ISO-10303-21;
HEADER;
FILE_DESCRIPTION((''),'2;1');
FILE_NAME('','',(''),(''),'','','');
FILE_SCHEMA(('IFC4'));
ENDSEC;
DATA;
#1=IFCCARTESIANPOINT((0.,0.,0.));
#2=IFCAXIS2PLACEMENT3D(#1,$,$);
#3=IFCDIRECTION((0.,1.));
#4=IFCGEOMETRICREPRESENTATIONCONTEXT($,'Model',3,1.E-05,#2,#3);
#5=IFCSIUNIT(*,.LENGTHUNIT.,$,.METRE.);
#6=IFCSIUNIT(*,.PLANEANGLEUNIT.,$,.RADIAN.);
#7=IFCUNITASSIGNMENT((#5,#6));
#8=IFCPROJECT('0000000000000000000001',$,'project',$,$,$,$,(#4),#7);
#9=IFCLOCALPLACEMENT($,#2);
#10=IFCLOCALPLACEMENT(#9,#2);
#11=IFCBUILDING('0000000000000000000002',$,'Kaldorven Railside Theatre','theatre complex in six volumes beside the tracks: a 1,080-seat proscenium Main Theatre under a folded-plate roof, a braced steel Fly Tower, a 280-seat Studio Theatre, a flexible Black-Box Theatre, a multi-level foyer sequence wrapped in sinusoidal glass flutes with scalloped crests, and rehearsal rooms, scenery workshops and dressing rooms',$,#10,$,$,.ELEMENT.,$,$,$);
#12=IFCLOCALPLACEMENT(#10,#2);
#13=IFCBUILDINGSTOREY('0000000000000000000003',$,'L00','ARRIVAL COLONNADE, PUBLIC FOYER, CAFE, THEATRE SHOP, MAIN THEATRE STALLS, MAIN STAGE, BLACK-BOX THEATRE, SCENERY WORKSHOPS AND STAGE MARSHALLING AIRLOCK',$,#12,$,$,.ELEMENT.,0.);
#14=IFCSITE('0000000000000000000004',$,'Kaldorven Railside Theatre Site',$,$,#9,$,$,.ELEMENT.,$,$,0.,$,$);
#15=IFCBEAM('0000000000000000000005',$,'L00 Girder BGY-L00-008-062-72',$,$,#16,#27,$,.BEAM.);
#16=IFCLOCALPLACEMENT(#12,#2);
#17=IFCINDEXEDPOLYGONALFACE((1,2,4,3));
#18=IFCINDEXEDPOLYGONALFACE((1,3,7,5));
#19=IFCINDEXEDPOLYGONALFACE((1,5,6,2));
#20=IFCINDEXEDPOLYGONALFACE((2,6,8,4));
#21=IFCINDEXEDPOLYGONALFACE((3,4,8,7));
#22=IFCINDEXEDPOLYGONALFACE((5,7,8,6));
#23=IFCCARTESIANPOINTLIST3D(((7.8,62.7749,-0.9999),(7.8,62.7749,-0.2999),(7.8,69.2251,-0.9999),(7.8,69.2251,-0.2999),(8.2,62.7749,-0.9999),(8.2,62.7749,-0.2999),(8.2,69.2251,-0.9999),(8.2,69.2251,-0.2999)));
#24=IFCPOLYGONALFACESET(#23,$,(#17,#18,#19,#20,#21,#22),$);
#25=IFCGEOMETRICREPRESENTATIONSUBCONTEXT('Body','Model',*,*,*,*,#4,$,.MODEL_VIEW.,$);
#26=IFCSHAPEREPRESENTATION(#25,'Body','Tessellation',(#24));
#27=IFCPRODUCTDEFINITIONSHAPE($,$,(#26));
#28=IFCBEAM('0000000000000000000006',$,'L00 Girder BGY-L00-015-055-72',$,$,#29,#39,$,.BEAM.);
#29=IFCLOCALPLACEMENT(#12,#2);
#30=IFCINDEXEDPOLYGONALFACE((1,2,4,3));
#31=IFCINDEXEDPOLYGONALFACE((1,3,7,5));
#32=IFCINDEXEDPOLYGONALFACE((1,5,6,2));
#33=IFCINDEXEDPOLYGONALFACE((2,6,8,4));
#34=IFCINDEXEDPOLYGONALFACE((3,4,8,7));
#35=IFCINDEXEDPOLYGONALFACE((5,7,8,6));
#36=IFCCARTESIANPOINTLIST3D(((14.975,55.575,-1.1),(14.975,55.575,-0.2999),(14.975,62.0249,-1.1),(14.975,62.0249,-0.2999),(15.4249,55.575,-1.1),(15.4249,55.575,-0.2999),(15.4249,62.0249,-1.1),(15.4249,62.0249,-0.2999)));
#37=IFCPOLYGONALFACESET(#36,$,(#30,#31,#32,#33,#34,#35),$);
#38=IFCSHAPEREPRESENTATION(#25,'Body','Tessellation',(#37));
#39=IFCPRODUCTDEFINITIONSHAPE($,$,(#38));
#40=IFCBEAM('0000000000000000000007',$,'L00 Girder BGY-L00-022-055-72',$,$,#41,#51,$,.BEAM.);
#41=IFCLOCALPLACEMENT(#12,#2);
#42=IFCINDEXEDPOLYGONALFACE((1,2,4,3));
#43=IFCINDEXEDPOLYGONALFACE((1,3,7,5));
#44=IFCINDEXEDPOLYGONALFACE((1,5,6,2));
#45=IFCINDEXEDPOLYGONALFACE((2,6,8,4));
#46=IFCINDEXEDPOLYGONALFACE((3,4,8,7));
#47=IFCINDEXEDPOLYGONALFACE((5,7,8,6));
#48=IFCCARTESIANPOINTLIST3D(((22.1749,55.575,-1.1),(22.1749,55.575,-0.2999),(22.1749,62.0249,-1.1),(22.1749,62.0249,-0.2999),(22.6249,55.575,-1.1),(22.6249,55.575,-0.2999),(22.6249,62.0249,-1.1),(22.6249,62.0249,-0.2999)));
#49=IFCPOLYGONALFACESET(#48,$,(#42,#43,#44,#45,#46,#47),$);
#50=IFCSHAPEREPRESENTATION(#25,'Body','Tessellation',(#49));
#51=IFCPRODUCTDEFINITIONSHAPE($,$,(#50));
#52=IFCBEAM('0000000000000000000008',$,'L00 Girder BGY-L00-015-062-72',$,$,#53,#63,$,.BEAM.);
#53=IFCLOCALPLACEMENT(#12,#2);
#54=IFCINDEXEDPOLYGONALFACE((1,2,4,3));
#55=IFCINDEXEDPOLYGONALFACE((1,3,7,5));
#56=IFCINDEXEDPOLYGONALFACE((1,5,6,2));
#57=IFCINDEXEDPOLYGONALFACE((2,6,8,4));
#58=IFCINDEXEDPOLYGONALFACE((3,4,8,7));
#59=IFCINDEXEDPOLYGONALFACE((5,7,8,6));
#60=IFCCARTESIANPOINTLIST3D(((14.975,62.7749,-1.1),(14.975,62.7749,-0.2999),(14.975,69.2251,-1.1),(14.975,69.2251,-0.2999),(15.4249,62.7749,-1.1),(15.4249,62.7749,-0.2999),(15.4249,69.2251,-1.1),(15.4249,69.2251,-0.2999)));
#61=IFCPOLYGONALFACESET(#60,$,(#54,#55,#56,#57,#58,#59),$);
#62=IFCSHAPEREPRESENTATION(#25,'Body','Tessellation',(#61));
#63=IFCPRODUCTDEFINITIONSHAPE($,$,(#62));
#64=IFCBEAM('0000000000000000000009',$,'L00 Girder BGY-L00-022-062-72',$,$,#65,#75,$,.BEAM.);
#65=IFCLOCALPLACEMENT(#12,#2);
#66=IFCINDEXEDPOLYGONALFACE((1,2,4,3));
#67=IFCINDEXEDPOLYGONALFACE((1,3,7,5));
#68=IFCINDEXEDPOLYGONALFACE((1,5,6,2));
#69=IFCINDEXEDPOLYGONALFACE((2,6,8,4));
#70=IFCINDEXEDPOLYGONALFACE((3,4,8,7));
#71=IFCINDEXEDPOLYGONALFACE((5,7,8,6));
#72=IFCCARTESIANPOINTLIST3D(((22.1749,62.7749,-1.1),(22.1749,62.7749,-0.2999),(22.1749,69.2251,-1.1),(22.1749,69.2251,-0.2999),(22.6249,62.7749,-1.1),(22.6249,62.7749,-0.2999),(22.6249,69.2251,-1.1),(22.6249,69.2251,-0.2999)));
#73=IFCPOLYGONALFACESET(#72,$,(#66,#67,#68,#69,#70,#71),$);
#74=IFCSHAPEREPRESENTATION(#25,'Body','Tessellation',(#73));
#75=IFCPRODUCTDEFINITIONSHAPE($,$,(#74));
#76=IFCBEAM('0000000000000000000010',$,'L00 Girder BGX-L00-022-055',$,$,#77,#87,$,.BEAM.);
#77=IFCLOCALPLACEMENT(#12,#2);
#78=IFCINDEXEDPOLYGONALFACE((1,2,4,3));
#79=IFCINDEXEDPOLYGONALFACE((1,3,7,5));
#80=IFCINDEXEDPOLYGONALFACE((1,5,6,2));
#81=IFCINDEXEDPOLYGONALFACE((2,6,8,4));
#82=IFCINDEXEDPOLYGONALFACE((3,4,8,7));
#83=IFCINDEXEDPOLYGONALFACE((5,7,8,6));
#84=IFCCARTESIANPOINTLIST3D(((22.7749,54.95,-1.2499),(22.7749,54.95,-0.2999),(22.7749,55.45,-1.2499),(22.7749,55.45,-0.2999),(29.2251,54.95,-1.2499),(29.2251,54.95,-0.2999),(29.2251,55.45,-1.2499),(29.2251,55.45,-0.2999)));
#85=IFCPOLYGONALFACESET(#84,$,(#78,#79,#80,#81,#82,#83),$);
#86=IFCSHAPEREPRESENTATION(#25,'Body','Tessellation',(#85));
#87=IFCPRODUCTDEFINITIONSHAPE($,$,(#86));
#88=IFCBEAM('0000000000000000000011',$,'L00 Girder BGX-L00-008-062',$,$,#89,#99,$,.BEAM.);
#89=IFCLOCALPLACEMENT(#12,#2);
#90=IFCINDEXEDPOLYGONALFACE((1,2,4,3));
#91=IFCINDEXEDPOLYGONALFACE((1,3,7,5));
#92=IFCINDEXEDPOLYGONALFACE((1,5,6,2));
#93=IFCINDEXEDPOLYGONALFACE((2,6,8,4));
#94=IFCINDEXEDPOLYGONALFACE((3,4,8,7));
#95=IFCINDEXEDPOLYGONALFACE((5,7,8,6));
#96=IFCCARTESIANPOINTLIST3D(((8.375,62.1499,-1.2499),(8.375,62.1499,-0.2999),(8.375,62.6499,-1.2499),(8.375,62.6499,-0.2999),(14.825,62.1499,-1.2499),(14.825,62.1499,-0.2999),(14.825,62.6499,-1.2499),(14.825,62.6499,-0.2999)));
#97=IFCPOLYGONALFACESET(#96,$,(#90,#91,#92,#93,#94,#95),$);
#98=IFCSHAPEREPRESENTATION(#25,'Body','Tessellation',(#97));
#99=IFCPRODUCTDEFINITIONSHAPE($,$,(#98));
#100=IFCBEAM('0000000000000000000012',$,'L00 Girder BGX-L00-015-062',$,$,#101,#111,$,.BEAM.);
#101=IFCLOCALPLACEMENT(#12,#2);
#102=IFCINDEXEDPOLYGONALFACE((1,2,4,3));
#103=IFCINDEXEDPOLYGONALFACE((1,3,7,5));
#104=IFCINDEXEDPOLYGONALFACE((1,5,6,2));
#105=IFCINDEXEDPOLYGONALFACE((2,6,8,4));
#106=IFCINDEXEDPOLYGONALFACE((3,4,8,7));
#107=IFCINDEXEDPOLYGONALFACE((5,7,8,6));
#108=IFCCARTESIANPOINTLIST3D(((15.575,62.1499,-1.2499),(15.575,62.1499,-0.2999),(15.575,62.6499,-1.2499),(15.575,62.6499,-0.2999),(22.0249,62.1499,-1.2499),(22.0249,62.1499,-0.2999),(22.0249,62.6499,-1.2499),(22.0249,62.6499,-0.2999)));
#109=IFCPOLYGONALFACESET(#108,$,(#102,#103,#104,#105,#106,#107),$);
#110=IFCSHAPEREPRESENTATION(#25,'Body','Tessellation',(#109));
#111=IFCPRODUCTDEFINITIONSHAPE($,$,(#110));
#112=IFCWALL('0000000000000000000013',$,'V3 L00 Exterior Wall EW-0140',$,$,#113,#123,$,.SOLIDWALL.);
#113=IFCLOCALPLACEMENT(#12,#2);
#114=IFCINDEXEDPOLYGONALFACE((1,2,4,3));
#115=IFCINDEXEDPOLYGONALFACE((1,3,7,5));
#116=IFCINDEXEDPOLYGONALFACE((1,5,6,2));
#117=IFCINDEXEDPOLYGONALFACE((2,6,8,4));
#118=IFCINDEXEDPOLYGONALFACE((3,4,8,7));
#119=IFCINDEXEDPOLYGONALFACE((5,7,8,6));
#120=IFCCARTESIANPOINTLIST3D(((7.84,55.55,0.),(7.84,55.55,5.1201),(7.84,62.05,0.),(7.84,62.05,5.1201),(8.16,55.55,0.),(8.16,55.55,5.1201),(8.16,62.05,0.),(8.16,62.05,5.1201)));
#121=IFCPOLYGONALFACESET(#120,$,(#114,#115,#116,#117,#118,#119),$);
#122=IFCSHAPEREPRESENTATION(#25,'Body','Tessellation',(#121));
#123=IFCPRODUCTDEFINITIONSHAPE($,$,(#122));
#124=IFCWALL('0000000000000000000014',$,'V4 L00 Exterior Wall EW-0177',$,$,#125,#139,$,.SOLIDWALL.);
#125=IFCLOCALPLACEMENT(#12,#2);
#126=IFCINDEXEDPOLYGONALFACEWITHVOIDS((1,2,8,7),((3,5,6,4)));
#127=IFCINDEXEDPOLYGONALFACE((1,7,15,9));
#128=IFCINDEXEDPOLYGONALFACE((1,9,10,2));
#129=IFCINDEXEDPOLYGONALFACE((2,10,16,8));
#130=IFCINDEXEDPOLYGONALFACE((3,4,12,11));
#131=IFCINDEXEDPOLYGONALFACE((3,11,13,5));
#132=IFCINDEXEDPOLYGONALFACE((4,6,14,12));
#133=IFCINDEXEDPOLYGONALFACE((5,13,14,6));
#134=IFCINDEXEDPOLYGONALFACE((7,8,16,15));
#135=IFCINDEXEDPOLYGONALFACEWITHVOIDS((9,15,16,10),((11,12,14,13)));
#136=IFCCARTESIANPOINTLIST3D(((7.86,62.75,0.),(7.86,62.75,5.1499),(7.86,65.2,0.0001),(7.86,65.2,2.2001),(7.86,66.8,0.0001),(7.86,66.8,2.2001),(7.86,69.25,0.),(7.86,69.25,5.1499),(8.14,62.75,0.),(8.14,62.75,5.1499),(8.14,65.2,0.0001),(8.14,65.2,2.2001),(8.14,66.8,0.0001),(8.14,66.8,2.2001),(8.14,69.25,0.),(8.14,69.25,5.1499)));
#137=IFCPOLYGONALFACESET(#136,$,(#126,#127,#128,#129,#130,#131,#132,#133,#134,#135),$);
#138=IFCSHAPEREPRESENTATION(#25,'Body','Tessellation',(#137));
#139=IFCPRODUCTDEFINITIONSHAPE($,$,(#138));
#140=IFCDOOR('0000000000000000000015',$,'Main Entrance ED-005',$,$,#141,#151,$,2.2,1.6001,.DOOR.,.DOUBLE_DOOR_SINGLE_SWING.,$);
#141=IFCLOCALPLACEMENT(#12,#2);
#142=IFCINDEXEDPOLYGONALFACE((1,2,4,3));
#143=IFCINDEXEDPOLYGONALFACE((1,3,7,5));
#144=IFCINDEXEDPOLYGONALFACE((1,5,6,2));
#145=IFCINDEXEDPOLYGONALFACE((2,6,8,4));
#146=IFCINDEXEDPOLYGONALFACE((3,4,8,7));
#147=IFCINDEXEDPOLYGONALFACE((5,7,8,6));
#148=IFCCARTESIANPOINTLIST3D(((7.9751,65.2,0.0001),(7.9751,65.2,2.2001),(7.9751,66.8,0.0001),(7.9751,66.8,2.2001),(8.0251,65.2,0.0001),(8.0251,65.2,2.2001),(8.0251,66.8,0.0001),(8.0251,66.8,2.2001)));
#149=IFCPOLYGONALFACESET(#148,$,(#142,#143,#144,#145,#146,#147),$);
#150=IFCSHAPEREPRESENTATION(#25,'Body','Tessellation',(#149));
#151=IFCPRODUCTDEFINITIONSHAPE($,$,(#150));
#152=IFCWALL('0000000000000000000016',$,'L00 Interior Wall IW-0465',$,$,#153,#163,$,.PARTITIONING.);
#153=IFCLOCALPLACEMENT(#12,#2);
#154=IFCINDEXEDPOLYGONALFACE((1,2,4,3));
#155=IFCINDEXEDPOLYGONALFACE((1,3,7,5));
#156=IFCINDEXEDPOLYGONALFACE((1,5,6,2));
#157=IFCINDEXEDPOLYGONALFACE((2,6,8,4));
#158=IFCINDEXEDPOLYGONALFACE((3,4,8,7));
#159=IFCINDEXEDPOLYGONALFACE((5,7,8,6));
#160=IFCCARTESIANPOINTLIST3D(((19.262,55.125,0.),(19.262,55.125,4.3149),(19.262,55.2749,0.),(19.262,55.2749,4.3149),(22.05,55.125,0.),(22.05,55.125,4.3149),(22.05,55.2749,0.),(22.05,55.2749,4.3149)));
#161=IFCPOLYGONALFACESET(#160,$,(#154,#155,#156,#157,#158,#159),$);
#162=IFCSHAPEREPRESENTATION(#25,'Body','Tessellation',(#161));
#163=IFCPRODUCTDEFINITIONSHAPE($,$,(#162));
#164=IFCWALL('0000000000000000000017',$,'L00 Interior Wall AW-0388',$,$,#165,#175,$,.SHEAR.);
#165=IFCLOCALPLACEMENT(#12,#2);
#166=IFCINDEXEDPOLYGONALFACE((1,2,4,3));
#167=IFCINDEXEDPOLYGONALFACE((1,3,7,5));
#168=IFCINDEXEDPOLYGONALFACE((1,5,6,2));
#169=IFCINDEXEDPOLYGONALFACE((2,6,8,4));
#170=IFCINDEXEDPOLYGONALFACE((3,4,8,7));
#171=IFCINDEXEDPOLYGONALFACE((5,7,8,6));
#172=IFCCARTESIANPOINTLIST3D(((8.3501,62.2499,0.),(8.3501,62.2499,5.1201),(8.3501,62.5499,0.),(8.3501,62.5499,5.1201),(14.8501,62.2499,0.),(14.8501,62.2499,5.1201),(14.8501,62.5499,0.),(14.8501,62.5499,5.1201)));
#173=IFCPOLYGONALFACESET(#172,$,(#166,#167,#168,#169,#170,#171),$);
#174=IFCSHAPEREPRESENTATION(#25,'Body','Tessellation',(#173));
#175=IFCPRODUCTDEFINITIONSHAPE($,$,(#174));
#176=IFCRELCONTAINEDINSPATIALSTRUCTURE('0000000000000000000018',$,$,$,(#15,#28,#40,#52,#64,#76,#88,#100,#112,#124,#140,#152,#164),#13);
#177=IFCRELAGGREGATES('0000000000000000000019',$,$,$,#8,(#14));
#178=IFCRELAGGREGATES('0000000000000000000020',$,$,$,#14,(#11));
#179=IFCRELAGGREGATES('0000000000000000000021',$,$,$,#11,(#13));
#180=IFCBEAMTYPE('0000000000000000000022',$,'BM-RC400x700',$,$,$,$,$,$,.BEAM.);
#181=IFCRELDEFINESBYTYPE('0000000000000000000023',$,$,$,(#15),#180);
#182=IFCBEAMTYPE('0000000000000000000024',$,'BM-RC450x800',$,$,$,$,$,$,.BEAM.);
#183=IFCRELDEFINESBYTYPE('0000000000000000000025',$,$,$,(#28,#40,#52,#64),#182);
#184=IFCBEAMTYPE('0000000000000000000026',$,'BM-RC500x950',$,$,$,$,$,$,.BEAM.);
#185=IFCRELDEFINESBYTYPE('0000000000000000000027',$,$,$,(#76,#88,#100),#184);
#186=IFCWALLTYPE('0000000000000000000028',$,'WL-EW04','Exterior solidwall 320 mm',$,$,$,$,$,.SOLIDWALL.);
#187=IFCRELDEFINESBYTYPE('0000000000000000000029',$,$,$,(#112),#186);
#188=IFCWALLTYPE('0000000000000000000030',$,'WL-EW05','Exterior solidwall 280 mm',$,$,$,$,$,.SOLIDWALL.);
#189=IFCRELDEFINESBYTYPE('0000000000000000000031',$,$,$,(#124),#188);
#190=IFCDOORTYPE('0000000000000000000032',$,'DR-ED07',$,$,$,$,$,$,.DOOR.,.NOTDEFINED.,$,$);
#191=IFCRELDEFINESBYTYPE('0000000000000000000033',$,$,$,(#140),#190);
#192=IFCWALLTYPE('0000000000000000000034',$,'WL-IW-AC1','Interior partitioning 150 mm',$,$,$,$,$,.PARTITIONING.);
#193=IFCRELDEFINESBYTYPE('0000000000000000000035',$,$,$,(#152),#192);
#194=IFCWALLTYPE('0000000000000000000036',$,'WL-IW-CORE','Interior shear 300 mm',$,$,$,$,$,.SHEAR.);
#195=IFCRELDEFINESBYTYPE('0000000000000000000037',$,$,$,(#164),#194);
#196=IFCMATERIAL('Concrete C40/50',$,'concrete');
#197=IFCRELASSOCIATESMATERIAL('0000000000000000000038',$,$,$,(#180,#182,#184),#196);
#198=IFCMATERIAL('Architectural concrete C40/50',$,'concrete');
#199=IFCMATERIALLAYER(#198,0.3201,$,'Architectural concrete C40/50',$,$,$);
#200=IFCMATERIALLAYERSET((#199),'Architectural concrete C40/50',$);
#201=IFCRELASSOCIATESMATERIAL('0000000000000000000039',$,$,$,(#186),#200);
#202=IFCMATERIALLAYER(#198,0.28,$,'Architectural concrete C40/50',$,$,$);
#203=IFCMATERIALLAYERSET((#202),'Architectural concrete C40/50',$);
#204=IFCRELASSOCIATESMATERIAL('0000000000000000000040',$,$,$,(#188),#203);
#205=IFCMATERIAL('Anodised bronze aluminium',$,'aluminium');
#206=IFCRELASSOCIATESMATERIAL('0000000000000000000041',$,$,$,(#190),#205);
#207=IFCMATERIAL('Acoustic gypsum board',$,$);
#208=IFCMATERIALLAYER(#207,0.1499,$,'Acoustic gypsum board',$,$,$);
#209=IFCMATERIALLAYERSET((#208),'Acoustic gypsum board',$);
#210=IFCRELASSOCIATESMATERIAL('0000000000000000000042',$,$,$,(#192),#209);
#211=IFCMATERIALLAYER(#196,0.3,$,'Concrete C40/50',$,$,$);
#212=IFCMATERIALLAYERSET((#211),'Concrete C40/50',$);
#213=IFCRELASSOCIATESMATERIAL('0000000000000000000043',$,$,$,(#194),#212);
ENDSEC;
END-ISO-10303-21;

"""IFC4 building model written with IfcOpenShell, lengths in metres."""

from ifc_helpers import new_model, si_unit, direction, frame, frame_2d, origin, origin_2d, place, context, subcontext, project, spatial, rectangle, extrude, material, layer, layer_set, material_profile, profile_set, type_object, element, fill, save


model = new_model("IFC4")

# Units and contexts
model_context = context("Model", 3, precision=1e-05, world=origin(), true_north=direction((0.0, 1.0)))
body_context = subcontext(model_context, "Body", "Model", "MODEL_VIEW")
ifc_project = project(units=[si_unit("LENGTHUNIT", "METRE"), si_unit("PLANEANGLEUNIT", "RADIAN")], contexts=[model_context])

# Site, building, storey
site_placement = place(None, origin())
site = spatial("IfcSite", under=ifc_project, at=site_placement, Name="Kaldorven Railside Theatre Site", CompositionType="ELEMENT", RefElevation=0.0)
building_placement = place(site_placement, origin())
building = spatial("IfcBuilding", under=site, at=building_placement, Name="Kaldorven Railside Theatre", Description="theatre complex in six volumes beside the tracks: a 1,080-seat proscenium Main Theatre under a folded-plate roof, a braced steel Fly Tower, a 280-seat Studio Theatre, a flexible Black-Box Theatre, a multi-level foyer sequence wrapped in sinusoidal glass flutes with scalloped crests, and rehearsal rooms, scenery workshops and dressing rooms", CompositionType="ELEMENT")
storey_placement = place(building_placement, origin())
storey = spatial("IfcBuildingStorey", under=building, at=storey_placement, Name="L00", Description="ARRIVAL COLONNADE, PUBLIC FOYER, CAFE, THEATRE SHOP, MAIN THEATRE STALLS, MAIN STAGE, BLACK-BOX THEATRE, SCENERY WORKSHOPS AND STAGE MARSHALLING AIRLOCK", CompositionType="ELEMENT", Elevation=0.0)

# Shared definitions
ifc_material_1 = material(Name="Concrete C40/50", Category="concrete")

# Beams
ifc_material_profile_1 = material_profile(ifc_material_1, rectangle(XDim=0.3999, YDim=0.7, at=origin_2d()), Name="RC 400x700")
ifc_profile_set_1 = profile_set([ifc_material_profile_1], Name="Concrete C40/50")
beam_type_1 = type_object("IfcBeamType", Name="BM-RC400x700", PredefinedType="BEAM", material=ifc_profile_set_1)
beam_1_placement = place(storey_placement, frame((8.0, 62.7749, -0.6499), z_axis=(0.0, 1.0, 0.0), x_axis=(-1.0, 0.0, 0.0)))
element("IfcBeam", 1, at=beam_1_placement, inside=storey, type_object=beam_type_1, Name="L00 Girder BGY-L00-008-062-72", PredefinedType="BEAM", context=body_context, shape_type="SweptSolid", body=[
    extrude(rectangle(XDim=0.3999, YDim=0.7, at=origin_2d()), origin(), (0.0, 0.0, 1.0), 6.4502),
])
ifc_material_profile_2 = material_profile(ifc_material_1, rectangle(XDim=0.45, YDim=0.8, at=origin_2d()), Name="RC 450x800")
ifc_profile_set_2 = profile_set([ifc_material_profile_2], Name="Concrete C40/50")
beam_type_2 = type_object("IfcBeamType", Name="BM-RC450x800", PredefinedType="BEAM", material=ifc_profile_set_2)
for number, where, z_axis, x_axis, name in (
    (2, (15.2, 55.575, -0.7), (0.0, 1.0, 0.0), (-1.0, 0.0, 0.0), "L00 Girder BGY-L00-015-055-72"),
    (3, (22.3999, 55.575, -0.7), (0.0, 1.0, 0.0), (-1.0, 0.0, 0.0), "L00 Girder BGY-L00-022-055-72"),
):
    element("IfcBeam", number, at=place(storey_placement, frame(where, z_axis=z_axis, x_axis=x_axis)), inside=storey, type_object=beam_type_2, Name=name, PredefinedType="BEAM", context=body_context, shape_type="SweptSolid", body=[
        extrude(rectangle(XDim=0.45, YDim=0.8, at=origin_2d()), origin(), (0.0, 0.0, 1.0), 6.45),
    ])
for number, where, z_axis, x_axis, name in (
    (4, (15.2, 62.7749, -0.7), (0.0, 1.0, 0.0), (-1.0, 0.0, 0.0), "L00 Girder BGY-L00-015-062-72"),
    (5, (22.3999, 62.7749, -0.7), (0.0, 1.0, 0.0), (-1.0, 0.0, 0.0), "L00 Girder BGY-L00-022-062-72"),
):
    element("IfcBeam", number, at=place(storey_placement, frame(where, z_axis=z_axis, x_axis=x_axis)), inside=storey, type_object=beam_type_2, Name=name, PredefinedType="BEAM", context=body_context, shape_type="SweptSolid", body=[
        extrude(rectangle(XDim=0.45, YDim=0.8, at=origin_2d()), origin(), (0.0, 0.0, 1.0), 6.4502),
    ])
ifc_material_profile_3 = material_profile(ifc_material_1, rectangle(XDim=0.5, YDim=0.95, at=origin_2d()), Name="RC 500x950")
ifc_profile_set_3 = profile_set([ifc_material_profile_3], Name="Concrete C40/50")
beam_type_3 = type_object("IfcBeamType", Name="BM-RC500x950", PredefinedType="BEAM", material=ifc_profile_set_3)
beam_2_placement = place(storey_placement, frame((22.7749, 55.2, -0.7749), z_axis=(1.0, 0.0, 0.0), x_axis=(0.0, 1.0, 0.0)))
element("IfcBeam", 6, at=beam_2_placement, inside=storey, type_object=beam_type_3, Name="L00 Girder BGX-L00-022-055", PredefinedType="BEAM", context=body_context, shape_type="SweptSolid", body=[
    extrude(rectangle(XDim=0.5, YDim=0.95, at=origin_2d()), origin(), (0.0, 0.0, 1.0), 6.4502),
])
for number, where, z_axis, x_axis, name in (
    (7, (8.375, 62.3999, -0.7749), (1.0, 0.0, 0.0), (0.0, 1.0, 0.0), "L00 Girder BGX-L00-008-062"),
    (8, (15.575, 62.3999, -0.7749), (1.0, 0.0, 0.0), (0.0, 1.0, 0.0), "L00 Girder BGX-L00-015-062"),
):
    element("IfcBeam", number, at=place(storey_placement, frame(where, z_axis=z_axis, x_axis=x_axis)), inside=storey, type_object=beam_type_3, Name=name, PredefinedType="BEAM", context=body_context, shape_type="SweptSolid", body=[
        extrude(rectangle(XDim=0.5, YDim=0.95, at=origin_2d()), origin(), (0.0, 0.0, 1.0), 6.45),
    ])

# Wall
ifc_material_2 = material(Name="Architectural concrete C40/50", Category="concrete")
ifc_layer_1 = layer(ifc_material_2, 0.3201, Name="Architectural concrete C40/50")
ifc_layer_set_1 = layer_set([ifc_layer_1], Name="Architectural concrete C40/50")
wall_type_1 = type_object("IfcWallType", Name="WL-EW04", Description="Exterior solidwall 320 mm", PredefinedType="SOLIDWALL", material=ifc_layer_set_1)
wall_1_placement = place(storey_placement, frame((8.0, 55.55, 0.0), z_axis=(0.0, 0.0, 1.0), x_axis=(0.0, 1.0, 0.0)))
element("IfcWall", 9, at=wall_1_placement, inside=storey, type_object=wall_type_1, Name="V3 L00 Exterior Wall EW-0140", PredefinedType="SOLIDWALL", context=body_context, shape_type="SweptSolid", body=[
    extrude(rectangle(XDim=6.5, YDim=0.3201, at=frame_2d((3.25, 0.0))), origin(), (0.0, 0.0, 1.0), 5.1201),
])

# Wall, opening, door
ifc_layer_2 = layer(ifc_material_2, 0.28, Name="Architectural concrete C40/50")
ifc_layer_set_2 = layer_set([ifc_layer_2], Name="Architectural concrete C40/50")
wall_type_2 = type_object("IfcWallType", Name="WL-EW05", Description="Exterior solidwall 280 mm", PredefinedType="SOLIDWALL", material=ifc_layer_set_2)
wall_2_placement = place(storey_placement, frame((8.0, 62.75, 0.0), z_axis=(0.0, 0.0, 1.0), x_axis=(0.0, 1.0, 0.0)))
wall_2 = element("IfcWall", 10, at=wall_2_placement, inside=storey, type_object=wall_type_2, Name="V4 L00 Exterior Wall EW-0177", PredefinedType="SOLIDWALL", context=body_context, shape_type="SweptSolid", body=[
    extrude(rectangle(XDim=6.5, YDim=0.28, at=frame_2d((3.25, 0.0))), origin(), (0.0, 0.0, 1.0), 5.1499),
])
opening_1_placement = place(wall_2_placement, frame((2.45, 0.0, 0.0)))
opening_1 = element("IfcOpeningElement", 11, at=opening_1_placement, cuts=wall_2, PredefinedType="OPENING", context=body_context, shape_type="SweptSolid", body=[
    extrude(rectangle(XDim=1.6001, YDim=2.2, at=frame_2d((0.8, 1.1001))), frame((0.0, 0.1499, 0.0), z_axis=(0.0, -1.0, 0.0), x_axis=(1.0, 0.0, 0.0)), (0.0, 0.0, 1.0), 0.3),
])
ifc_material_3 = material(Name="Anodised bronze aluminium", Category="aluminium")
door_type = type_object("IfcDoorType", Name="DR-ED07", OperationType="NOTDEFINED", PredefinedType="DOOR", material=ifc_material_3)
door_placement = place(opening_1_placement, origin())
door = element("IfcDoor", 12, at=door_placement, inside=storey, type_object=door_type, Name="Main Entrance ED-005", OperationType="DOUBLE_DOOR_SINGLE_SWING", OverallHeight=2.2, OverallWidth=1.6001, PredefinedType="DOOR", context=body_context, shape_type="SweptSolid", body=[
    extrude(rectangle(XDim=1.6001, YDim=2.2, at=frame_2d((0.8, 1.1001))), frame((0.0, 0.0249, 0.0), z_axis=(0.0, -1.0, 0.0), x_axis=(1.0, 0.0, 0.0)), (0.0, 0.0, 1.0), 0.05),
])
fill(opening_1, door)

# Walls
ifc_material_4 = material(Name="Acoustic gypsum board")
ifc_layer_3 = layer(ifc_material_4, 0.1499, Name="Acoustic gypsum board")
ifc_layer_set_3 = layer_set([ifc_layer_3], Name="Acoustic gypsum board")
wall_type_3 = type_object("IfcWallType", Name="WL-IW-AC1", Description="Interior partitioning 150 mm", PredefinedType="PARTITIONING", material=ifc_layer_set_3)
wall_3_placement = place(storey_placement, frame((22.05, 55.2, 0.0), z_axis=(0.0, 0.0, 1.0), x_axis=(-1.0, 0.0, 0.0)))
element("IfcWall", 13, at=wall_3_placement, inside=storey, type_object=wall_type_3, Name="L00 Interior Wall IW-0465", PredefinedType="PARTITIONING", context=body_context, shape_type="SweptSolid", body=[
    extrude(rectangle(XDim=2.7881, YDim=0.1499, at=frame_2d((1.394, 0.0))), origin(), (0.0, 0.0, 1.0), 4.3149),
])
ifc_layer_4 = layer(ifc_material_1, 0.3, Name="Concrete C40/50")
ifc_layer_set_4 = layer_set([ifc_layer_4], Name="Concrete C40/50")
wall_type_4 = type_object("IfcWallType", Name="WL-IW-CORE", Description="Interior shear 300 mm", PredefinedType="SHEAR", material=ifc_layer_set_4)
wall_4_placement = place(storey_placement, frame((8.3501, 62.3999, 0.0), z_axis=(0.0, 0.0, 1.0), x_axis=(1.0, 0.0, 0.0)))
element("IfcWall", 14, at=wall_4_placement, inside=storey, type_object=wall_type_4, Name="L00 Interior Wall AW-0388", PredefinedType="SHEAR", context=body_context, shape_type="SweptSolid", body=[
    extrude(rectangle(XDim=6.5, YDim=0.3, at=frame_2d((3.25, 0.0))), origin(), (0.0, 0.0, 1.0), 5.1201),
])

save(model, "model.ifc")
